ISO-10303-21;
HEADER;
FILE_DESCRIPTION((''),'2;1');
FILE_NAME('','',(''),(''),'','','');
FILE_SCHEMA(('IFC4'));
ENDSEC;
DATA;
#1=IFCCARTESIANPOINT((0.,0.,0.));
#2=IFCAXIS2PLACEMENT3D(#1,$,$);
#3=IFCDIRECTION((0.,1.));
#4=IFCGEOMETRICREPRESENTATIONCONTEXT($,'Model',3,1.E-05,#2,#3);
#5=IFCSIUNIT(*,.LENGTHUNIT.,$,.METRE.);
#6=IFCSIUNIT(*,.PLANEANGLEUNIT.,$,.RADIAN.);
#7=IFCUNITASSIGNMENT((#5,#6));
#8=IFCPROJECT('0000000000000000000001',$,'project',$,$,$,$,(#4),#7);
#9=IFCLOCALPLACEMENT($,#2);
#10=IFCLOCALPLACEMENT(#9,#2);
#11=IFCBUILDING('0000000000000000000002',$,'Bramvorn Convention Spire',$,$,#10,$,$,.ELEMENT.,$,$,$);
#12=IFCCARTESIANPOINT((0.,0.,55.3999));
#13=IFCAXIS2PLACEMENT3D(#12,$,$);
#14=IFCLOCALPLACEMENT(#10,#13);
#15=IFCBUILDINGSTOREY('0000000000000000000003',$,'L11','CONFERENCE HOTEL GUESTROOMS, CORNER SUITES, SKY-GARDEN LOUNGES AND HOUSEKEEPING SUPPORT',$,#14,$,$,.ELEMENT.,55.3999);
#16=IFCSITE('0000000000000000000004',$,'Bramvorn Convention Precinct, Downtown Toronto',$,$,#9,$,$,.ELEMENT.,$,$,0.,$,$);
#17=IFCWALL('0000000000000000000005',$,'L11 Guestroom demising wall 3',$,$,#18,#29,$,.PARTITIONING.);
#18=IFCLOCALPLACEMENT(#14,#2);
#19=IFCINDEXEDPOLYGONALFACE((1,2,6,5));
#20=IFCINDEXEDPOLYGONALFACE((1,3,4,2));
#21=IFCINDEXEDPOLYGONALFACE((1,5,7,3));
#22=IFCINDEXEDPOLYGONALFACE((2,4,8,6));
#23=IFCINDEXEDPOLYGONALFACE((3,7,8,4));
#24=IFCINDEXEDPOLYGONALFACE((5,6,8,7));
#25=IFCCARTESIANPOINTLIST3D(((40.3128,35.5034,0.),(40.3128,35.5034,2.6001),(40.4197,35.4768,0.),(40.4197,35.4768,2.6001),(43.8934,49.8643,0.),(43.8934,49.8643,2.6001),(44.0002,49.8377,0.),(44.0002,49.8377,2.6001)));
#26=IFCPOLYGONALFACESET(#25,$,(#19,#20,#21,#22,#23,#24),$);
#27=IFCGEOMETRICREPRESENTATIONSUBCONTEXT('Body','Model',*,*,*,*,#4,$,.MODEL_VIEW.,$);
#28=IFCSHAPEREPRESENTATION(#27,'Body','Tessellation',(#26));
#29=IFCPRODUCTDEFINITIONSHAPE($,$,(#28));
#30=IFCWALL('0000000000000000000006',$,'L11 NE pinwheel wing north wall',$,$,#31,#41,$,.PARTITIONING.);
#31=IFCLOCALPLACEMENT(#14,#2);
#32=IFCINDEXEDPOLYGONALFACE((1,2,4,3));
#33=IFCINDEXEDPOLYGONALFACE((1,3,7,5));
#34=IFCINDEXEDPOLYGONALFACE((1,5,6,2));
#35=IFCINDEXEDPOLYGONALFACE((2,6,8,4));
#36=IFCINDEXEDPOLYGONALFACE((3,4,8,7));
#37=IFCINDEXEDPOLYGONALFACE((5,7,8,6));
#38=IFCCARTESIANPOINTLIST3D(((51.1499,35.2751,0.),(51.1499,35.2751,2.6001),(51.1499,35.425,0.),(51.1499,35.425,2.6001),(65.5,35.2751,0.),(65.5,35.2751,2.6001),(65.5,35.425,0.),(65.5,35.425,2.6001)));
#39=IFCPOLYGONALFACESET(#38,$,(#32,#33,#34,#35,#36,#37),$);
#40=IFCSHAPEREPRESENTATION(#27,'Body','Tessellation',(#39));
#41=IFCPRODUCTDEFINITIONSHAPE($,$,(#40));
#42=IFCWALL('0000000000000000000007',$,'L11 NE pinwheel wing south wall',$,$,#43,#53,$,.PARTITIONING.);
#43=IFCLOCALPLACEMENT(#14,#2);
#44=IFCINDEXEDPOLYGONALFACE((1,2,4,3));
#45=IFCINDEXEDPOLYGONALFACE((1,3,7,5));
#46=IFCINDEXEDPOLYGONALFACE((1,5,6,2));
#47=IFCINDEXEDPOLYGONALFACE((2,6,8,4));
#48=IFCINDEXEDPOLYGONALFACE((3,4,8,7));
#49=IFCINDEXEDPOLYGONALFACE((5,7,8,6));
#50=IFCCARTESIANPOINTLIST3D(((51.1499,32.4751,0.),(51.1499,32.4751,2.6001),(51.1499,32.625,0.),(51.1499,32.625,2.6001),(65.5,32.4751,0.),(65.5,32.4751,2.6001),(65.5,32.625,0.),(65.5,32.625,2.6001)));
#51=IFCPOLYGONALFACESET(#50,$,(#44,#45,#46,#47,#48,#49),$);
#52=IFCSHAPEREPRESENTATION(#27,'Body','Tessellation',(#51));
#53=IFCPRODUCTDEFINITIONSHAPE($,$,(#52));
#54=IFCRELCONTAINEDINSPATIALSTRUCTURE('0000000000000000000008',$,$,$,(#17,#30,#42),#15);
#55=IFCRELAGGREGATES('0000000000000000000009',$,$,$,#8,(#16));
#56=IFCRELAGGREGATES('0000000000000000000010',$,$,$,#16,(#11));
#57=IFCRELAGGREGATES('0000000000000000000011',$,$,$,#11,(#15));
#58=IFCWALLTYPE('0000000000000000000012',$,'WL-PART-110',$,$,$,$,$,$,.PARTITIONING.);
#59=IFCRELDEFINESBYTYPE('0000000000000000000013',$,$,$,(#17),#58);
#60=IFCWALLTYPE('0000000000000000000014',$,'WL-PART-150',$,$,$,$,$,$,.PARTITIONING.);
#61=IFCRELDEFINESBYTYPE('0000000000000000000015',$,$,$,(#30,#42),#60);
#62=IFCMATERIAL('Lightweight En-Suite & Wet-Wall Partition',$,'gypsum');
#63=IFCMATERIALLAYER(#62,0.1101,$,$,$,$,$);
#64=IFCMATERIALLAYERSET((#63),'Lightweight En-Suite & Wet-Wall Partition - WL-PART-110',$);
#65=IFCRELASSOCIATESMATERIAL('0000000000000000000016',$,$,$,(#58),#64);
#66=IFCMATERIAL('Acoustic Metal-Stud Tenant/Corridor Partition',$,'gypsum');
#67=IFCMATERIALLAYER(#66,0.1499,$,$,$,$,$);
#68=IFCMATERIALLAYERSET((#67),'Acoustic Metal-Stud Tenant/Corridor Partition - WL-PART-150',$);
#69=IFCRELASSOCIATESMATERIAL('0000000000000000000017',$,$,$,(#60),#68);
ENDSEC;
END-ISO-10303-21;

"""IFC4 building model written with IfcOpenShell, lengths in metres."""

from ifc_helpers import new_model, si_unit, direction, frame, frame_2d, origin, place, context, subcontext, project, spatial, rectangle, extrude, material, layer, layer_set, type_object, element, save


model = new_model("IFC4")

# Units and contexts
model_context = context("Model", 3, precision=1e-05, world=origin(), true_north=direction((0.0, 1.0)))
body_context = subcontext(model_context, "Body", "Model", "MODEL_VIEW")
ifc_project = project(units=[si_unit("LENGTHUNIT", "METRE"), si_unit("PLANEANGLEUNIT", "RADIAN")], contexts=[model_context])

# Site, building, storey
site_placement = place(None, origin())
site = spatial("IfcSite", under=ifc_project, at=site_placement, Name="Bramvorn Convention Precinct, Downtown Toronto", CompositionType="ELEMENT", RefElevation=0.0)
building_placement = place(site_placement, origin())
building = spatial("IfcBuilding", under=site, at=building_placement, Name="Bramvorn Convention Spire", CompositionType="ELEMENT")
storey_placement = place(building_placement, frame((0.0, 0.0, 55.3999)))
storey = spatial("IfcBuildingStorey", under=building, at=storey_placement, Name="L11", Description="CONFERENCE HOTEL GUESTROOMS, CORNER SUITES, SKY-GARDEN LOUNGES AND HOUSEKEEPING SUPPORT", CompositionType="ELEMENT", Elevation=55.3999)

# Walls
ifc_material_1 = material(Name="Lightweight En-Suite & Wet-Wall Partition", Category="gypsum")
ifc_layer_1 = layer(ifc_material_1, 0.1101)
ifc_layer_set_1 = layer_set([ifc_layer_1], Name="Lightweight En-Suite & Wet-Wall Partition - WL-PART-110")
wall_type_1 = type_object("IfcWallType", Name="WL-PART-110", PredefinedType="PARTITIONING", material=ifc_layer_set_1)
wall_1_placement = place(storey_placement, frame((40.3662, 35.49, 0.0), z_axis=(0.0, 0.0, 1.0), x_axis=(0.241922, 0.970296, 0.0)))
element("IfcWall", 1, at=wall_1_placement, inside=storey, type_object=wall_type_1, Name="L11 Guestroom demising wall 3", PredefinedType="PARTITIONING", context=body_context, shape_type="SweptSolid", body=[
    extrude(rectangle(XDim=14.8005, YDim=0.1101, at=frame_2d((7.4004, 0.0))), origin(), (0.0, 0.0, 1.0), 2.6001),
])
ifc_material_2 = material(Name="Acoustic Metal-Stud Tenant/Corridor Partition", Category="gypsum")
ifc_layer_2 = layer(ifc_material_2, 0.1499)
ifc_layer_set_2 = layer_set([ifc_layer_2], Name="Acoustic Metal-Stud Tenant/Corridor Partition - WL-PART-150")
wall_type_2 = type_object("IfcWallType", Name="WL-PART-150", PredefinedType="PARTITIONING", material=ifc_layer_set_2)
for number, where, z_axis, x_axis, name in (
    (2, (51.1499, 35.3501, 0.0), (0.0, 0.0, 1.0), (1.0, 0.0, 0.0), "L11 NE pinwheel wing north wall"),
    (3, (51.1499, 32.55, 0.0), (0.0, 0.0, 1.0), (1.0, 0.0, 0.0), "L11 NE pinwheel wing south wall"),
):
    element("IfcWall", number, at=place(storey_placement, frame(where, z_axis=z_axis, x_axis=x_axis)), inside=storey, type_object=wall_type_2, Name=name, PredefinedType="PARTITIONING", context=body_context, shape_type="SweptSolid", body=[
        extrude(rectangle(XDim=14.3501, YDim=0.1499, at=frame_2d((7.175, 0.0))), origin(), (0.0, 0.0, 1.0), 2.6001),
    ])

save(model, "model.ifc")
